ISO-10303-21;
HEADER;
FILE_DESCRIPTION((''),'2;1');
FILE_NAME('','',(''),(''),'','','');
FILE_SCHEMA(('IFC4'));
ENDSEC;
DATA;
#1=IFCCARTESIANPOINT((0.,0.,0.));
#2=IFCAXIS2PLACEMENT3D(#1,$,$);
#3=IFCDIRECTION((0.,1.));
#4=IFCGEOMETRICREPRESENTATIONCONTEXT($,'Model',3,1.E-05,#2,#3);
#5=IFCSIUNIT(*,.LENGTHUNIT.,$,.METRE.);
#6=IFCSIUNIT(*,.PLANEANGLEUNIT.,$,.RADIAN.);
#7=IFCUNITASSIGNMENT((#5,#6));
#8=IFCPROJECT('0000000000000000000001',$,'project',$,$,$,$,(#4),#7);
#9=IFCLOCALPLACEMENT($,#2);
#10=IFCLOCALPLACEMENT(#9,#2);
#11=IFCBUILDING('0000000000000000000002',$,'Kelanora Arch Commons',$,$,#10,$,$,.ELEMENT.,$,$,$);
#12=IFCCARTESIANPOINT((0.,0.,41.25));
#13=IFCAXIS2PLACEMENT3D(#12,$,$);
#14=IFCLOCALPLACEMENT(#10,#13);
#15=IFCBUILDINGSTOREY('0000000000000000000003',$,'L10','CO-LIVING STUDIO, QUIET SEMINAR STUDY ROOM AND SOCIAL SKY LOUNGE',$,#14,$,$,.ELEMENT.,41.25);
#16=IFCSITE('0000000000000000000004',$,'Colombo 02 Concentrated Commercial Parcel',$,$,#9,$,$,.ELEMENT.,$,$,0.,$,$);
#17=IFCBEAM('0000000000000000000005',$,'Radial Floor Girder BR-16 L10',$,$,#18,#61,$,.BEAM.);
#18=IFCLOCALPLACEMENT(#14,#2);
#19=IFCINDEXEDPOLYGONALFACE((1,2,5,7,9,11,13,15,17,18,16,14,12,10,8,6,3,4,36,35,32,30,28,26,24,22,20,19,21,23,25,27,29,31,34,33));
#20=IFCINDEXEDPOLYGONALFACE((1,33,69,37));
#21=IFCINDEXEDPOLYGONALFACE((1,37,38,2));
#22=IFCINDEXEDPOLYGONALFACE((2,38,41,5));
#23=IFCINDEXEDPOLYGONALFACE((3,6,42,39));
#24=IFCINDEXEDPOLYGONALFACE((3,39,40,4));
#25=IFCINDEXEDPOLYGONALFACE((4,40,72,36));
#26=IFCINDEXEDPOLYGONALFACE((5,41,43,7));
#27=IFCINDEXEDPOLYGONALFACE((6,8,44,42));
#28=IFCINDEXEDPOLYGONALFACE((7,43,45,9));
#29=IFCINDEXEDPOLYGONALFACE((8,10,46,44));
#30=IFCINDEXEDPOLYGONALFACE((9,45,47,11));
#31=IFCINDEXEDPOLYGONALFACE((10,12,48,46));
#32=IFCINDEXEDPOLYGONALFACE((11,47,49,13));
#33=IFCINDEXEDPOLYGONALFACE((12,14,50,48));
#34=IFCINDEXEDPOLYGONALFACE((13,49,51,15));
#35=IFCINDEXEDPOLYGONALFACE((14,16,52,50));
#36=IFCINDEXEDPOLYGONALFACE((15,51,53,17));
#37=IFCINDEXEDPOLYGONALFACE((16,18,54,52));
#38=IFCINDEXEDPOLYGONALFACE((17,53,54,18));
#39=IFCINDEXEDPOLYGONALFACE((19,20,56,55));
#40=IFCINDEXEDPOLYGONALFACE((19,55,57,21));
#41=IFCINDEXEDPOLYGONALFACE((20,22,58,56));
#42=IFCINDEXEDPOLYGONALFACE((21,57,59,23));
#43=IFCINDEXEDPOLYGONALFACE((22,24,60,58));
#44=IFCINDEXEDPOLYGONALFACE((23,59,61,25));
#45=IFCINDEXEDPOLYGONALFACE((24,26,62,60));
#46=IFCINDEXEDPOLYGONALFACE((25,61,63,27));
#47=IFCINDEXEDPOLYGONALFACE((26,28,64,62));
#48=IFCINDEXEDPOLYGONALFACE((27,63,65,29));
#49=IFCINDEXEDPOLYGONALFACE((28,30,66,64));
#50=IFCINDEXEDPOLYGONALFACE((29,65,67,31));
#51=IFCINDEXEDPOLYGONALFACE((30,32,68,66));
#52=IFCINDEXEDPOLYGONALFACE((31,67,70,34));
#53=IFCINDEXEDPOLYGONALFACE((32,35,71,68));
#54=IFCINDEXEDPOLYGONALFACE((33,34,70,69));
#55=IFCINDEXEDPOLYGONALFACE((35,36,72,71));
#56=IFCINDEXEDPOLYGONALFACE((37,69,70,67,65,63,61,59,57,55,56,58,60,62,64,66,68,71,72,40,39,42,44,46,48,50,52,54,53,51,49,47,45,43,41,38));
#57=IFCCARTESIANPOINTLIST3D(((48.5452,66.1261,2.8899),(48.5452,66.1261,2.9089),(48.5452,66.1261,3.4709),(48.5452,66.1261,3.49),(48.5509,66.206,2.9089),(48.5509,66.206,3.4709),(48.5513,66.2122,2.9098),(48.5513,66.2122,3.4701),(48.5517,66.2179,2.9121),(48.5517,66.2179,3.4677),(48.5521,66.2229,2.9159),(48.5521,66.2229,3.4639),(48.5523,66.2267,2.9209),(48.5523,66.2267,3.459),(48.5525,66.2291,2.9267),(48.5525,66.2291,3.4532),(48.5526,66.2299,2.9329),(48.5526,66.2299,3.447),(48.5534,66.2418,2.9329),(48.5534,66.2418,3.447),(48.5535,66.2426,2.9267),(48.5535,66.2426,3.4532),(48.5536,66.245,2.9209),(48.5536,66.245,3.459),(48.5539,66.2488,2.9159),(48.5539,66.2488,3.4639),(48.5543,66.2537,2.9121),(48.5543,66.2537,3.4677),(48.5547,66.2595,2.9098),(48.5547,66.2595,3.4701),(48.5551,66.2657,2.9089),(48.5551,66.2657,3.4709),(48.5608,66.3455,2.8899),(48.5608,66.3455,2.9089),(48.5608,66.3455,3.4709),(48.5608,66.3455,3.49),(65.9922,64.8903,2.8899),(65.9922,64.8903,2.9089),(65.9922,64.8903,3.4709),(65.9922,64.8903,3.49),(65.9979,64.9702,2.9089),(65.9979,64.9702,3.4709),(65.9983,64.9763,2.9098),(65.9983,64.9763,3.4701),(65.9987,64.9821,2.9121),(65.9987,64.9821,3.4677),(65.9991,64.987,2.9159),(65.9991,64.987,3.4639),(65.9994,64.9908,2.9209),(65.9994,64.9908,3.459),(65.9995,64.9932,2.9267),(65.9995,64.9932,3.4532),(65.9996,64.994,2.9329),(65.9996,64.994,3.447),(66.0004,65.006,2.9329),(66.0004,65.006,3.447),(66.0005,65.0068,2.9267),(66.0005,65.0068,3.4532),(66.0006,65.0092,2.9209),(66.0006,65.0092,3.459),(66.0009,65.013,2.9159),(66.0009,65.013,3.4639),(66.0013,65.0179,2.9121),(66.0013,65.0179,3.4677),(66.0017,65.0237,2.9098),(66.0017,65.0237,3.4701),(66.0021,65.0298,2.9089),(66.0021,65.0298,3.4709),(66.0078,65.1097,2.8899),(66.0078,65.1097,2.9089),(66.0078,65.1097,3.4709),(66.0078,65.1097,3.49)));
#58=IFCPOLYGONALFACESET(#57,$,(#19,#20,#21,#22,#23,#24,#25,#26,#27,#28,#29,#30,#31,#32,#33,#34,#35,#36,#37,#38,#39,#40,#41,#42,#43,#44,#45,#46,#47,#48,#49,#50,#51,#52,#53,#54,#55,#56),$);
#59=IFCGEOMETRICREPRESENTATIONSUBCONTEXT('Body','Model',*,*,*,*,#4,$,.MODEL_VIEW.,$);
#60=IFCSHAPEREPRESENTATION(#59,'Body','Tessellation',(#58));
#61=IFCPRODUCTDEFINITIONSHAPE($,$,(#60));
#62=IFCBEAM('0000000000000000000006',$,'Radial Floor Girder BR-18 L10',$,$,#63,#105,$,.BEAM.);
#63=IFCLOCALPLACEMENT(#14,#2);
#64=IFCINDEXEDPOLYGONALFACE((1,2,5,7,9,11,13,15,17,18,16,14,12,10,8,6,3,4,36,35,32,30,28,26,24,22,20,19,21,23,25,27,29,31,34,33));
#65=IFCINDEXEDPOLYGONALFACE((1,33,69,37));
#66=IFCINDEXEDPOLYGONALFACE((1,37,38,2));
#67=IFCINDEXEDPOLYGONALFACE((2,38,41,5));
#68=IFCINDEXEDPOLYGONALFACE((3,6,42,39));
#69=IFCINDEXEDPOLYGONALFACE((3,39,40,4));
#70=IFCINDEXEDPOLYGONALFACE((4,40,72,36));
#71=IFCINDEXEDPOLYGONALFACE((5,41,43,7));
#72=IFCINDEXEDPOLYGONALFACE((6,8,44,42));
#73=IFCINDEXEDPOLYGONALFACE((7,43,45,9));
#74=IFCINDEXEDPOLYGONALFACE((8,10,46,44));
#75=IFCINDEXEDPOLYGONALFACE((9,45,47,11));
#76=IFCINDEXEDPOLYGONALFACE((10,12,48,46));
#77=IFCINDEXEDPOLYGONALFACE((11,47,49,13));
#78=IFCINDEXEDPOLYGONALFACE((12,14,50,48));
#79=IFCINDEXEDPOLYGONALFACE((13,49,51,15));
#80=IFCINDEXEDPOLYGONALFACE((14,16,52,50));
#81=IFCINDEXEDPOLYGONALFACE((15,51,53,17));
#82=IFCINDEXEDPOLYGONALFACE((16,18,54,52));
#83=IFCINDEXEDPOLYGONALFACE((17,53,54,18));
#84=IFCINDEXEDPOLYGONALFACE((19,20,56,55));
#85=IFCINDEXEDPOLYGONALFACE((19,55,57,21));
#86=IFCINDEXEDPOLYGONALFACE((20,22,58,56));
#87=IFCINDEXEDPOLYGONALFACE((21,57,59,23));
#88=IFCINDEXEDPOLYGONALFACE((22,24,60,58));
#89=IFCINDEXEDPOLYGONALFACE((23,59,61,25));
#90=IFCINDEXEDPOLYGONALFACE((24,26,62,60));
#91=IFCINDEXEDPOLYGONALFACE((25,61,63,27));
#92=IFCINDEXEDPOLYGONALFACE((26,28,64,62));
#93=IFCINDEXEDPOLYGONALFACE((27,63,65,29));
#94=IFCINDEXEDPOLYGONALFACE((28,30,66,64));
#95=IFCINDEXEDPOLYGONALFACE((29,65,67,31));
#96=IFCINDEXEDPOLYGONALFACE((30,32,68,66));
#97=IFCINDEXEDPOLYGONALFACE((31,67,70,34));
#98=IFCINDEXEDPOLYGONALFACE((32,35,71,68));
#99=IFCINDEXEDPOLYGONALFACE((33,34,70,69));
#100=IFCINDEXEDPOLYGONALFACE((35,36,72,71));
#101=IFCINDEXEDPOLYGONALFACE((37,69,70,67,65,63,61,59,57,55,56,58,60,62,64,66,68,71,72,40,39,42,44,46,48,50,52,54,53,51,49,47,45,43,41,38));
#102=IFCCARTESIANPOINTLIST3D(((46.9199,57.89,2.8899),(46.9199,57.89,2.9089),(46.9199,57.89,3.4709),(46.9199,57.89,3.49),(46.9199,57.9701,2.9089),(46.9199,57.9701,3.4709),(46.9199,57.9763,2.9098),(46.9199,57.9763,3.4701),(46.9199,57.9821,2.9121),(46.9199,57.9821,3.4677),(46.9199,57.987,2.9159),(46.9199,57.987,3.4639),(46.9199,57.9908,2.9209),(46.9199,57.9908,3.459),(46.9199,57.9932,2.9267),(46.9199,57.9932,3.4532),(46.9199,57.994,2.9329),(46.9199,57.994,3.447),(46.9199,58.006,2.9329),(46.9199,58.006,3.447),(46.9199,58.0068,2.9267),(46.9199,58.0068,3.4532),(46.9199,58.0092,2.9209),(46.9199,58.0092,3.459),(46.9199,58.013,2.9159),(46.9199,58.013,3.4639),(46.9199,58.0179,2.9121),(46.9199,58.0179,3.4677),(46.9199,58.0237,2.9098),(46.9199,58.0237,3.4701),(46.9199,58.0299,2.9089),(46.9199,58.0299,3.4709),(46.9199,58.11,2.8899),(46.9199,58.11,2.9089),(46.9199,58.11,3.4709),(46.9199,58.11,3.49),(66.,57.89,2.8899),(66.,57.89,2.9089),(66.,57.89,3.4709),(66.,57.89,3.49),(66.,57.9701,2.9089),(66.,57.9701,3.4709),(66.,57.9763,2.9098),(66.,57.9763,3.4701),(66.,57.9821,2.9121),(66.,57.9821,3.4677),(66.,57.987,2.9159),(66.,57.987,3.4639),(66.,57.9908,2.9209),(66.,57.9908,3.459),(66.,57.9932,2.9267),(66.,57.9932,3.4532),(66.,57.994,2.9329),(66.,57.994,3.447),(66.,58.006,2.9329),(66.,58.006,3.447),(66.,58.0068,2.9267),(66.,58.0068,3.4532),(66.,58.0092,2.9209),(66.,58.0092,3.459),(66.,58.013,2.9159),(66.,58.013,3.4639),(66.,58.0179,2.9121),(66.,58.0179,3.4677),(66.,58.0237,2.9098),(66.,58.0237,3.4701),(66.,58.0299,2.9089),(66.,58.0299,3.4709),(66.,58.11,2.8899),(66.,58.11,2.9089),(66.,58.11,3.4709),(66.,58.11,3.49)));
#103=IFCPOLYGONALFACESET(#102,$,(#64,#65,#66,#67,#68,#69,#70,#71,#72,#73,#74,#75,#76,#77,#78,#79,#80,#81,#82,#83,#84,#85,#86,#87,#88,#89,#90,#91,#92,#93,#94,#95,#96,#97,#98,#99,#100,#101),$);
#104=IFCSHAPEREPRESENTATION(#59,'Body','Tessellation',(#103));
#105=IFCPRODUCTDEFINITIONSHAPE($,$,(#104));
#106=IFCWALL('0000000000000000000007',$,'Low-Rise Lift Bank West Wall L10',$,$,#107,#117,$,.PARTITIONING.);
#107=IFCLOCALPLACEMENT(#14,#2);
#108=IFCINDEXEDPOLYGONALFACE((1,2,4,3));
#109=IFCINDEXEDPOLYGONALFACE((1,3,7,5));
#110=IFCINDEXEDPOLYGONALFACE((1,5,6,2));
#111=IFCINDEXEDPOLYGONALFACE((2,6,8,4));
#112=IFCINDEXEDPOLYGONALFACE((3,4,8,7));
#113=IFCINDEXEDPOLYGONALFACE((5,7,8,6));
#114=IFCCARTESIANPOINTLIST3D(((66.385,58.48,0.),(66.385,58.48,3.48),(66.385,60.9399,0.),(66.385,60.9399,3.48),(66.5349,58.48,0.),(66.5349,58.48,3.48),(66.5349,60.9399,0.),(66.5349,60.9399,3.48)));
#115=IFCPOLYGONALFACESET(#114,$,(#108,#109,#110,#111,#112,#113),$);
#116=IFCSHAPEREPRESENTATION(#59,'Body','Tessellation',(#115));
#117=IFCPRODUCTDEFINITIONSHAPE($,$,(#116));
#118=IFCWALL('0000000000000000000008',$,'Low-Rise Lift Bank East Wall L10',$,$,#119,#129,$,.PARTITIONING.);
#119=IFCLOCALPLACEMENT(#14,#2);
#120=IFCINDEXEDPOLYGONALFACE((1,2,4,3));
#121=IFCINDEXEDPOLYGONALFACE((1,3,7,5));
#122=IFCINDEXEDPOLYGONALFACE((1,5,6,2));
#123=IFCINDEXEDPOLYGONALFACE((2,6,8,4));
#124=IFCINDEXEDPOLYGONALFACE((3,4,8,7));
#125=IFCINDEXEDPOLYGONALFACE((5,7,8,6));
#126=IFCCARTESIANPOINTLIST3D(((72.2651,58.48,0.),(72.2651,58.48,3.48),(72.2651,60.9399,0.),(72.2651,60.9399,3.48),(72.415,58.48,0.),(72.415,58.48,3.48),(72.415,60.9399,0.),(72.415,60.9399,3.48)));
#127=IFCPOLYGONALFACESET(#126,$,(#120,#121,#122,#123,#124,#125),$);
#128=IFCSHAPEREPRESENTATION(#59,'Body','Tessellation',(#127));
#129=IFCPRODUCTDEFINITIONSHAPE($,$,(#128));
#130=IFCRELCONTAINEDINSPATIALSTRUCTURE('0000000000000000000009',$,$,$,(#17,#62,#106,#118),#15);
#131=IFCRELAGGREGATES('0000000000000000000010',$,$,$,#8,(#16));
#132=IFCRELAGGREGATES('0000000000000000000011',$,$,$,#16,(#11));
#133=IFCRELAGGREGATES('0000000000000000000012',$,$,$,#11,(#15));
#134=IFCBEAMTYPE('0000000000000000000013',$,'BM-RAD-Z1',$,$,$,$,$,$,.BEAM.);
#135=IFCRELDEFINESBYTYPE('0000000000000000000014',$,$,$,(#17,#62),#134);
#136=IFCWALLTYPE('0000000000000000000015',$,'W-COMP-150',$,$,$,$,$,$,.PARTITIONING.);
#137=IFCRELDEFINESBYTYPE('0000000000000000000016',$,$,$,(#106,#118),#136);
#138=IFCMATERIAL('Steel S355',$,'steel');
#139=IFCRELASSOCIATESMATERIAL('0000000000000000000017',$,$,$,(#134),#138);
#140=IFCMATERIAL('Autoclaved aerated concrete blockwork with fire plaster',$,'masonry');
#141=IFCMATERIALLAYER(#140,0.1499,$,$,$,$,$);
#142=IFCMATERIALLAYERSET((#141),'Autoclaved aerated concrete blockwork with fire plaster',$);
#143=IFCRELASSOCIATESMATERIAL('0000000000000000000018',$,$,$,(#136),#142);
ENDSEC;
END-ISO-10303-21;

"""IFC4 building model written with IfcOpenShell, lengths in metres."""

from ifc_helpers import new_model, si_unit, direction, frame, frame_2d, origin, origin_2d, place, context, subcontext, project, spatial, rectangle, i_section, extrude, material, layer, layer_set, material_profile, profile_set, type_object, element, save


model = new_model("IFC4")

# Units and contexts
model_context = context("Model", 3, precision=1e-05, world=origin(), true_north=direction((0.0, 1.0)))
body_context = subcontext(model_context, "Body", "Model", "MODEL_VIEW")
ifc_project = project(units=[si_unit("LENGTHUNIT", "METRE"), si_unit("PLANEANGLEUNIT", "RADIAN")], contexts=[model_context])

# Site, building, storey
site_placement = place(None, origin())
site = spatial("IfcSite", under=ifc_project, at=site_placement, Name="Colombo 02 Concentrated Commercial Parcel", CompositionType="ELEMENT", RefElevation=0.0)
building_placement = place(site_placement, origin())
building = spatial("IfcBuilding", under=site, at=building_placement, Name="Kelanora Arch Commons", CompositionType="ELEMENT")
storey_placement = place(building_placement, frame((0.0, 0.0, 41.25)))
storey = spatial("IfcBuildingStorey", under=building, at=storey_placement, Name="L10", Description="CO-LIVING STUDIO, QUIET SEMINAR STUDY ROOM AND SOCIAL SKY LOUNGE", CompositionType="ELEMENT", Elevation=41.25)

# Beams
ifc_material_1 = material(Name="Steel S355", Category="steel")
ifc_material_profile_1 = material_profile(ifc_material_1, i_section(OverallWidth=0.22, OverallDepth=0.6001, WebThickness=0.012, FlangeThickness=0.019, FilletRadius=0.0239, at=origin_2d()), Name="IPE600")
ifc_profile_set_1 = profile_set([ifc_material_profile_1], Name="Steel S355")
beam_type_1 = type_object("IfcBeamType", Name="BM-RAD-Z1", PredefinedType="BEAM", material=ifc_profile_set_1)
beam_1_placement = place(storey_placement, frame((66.0, 65.0, 3.1899), z_axis=(-0.997501, 0.070657, 0.0), x_axis=(-0.070657, -0.997501, 0.0)))
element("IfcBeam", 1, at=beam_1_placement, inside=storey, type_object=beam_type_1, Name="Radial Floor Girder BR-16 L10", PredefinedType="BEAM", context=body_context, shape_type="SweptSolid", body=[
    extrude(i_section(OverallWidth=0.22, OverallDepth=0.6001, WebThickness=0.012, FlangeThickness=0.019, FilletRadius=0.0239, at=origin_2d()), origin(), (0.0, 0.0, 1.0), 17.4907),
])
beam_2_placement = place(storey_placement, frame((66.0, 58.0, 3.1899), z_axis=(-1.0, 0.0, 0.0), x_axis=(0.0, -1.0, 0.0)))
element("IfcBeam", 2, at=beam_2_placement, inside=storey, type_object=beam_type_1, Name="Radial Floor Girder BR-18 L10", PredefinedType="BEAM", context=body_context, shape_type="SweptSolid", body=[
    extrude(i_section(OverallWidth=0.22, OverallDepth=0.6001, WebThickness=0.012, FlangeThickness=0.019, FilletRadius=0.0239, at=origin_2d()), origin(), (0.0, 0.0, 1.0), 19.0801),
])

# Walls
ifc_material_2 = material(Name="Autoclaved aerated concrete blockwork with fire plaster", Category="masonry")
ifc_layer_1 = layer(ifc_material_2, 0.1499)
ifc_layer_set_1 = layer_set([ifc_layer_1], Name="Autoclaved aerated concrete blockwork with fire plaster")
wall_type_1 = type_object("IfcWallType", Name="W-COMP-150", PredefinedType="PARTITIONING", material=ifc_layer_set_1)
for number, where, z_axis, x_axis, name in (
    (3, (66.46, 58.48, 0.0), (0.0, 0.0, 1.0), (0.0, 1.0, 0.0), "Low-Rise Lift Bank West Wall L10"),
    (4, (72.3401, 58.48, 0.0), (0.0, 0.0, 1.0), (0.0, 1.0, 0.0), "Low-Rise Lift Bank East Wall L10"),
):
    element("IfcWall", number, at=place(storey_placement, frame(where, z_axis=z_axis, x_axis=x_axis)), inside=storey, type_object=wall_type_1, Name=name, PredefinedType="PARTITIONING", context=body_context, shape_type="SweptSolid", body=[
        extrude(rectangle(XDim=2.46, YDim=0.1499, at=frame_2d((1.23, 0.0))), origin(), (0.0, 0.0, 1.0), 3.48),
    ])

save(model, "model.ifc")
